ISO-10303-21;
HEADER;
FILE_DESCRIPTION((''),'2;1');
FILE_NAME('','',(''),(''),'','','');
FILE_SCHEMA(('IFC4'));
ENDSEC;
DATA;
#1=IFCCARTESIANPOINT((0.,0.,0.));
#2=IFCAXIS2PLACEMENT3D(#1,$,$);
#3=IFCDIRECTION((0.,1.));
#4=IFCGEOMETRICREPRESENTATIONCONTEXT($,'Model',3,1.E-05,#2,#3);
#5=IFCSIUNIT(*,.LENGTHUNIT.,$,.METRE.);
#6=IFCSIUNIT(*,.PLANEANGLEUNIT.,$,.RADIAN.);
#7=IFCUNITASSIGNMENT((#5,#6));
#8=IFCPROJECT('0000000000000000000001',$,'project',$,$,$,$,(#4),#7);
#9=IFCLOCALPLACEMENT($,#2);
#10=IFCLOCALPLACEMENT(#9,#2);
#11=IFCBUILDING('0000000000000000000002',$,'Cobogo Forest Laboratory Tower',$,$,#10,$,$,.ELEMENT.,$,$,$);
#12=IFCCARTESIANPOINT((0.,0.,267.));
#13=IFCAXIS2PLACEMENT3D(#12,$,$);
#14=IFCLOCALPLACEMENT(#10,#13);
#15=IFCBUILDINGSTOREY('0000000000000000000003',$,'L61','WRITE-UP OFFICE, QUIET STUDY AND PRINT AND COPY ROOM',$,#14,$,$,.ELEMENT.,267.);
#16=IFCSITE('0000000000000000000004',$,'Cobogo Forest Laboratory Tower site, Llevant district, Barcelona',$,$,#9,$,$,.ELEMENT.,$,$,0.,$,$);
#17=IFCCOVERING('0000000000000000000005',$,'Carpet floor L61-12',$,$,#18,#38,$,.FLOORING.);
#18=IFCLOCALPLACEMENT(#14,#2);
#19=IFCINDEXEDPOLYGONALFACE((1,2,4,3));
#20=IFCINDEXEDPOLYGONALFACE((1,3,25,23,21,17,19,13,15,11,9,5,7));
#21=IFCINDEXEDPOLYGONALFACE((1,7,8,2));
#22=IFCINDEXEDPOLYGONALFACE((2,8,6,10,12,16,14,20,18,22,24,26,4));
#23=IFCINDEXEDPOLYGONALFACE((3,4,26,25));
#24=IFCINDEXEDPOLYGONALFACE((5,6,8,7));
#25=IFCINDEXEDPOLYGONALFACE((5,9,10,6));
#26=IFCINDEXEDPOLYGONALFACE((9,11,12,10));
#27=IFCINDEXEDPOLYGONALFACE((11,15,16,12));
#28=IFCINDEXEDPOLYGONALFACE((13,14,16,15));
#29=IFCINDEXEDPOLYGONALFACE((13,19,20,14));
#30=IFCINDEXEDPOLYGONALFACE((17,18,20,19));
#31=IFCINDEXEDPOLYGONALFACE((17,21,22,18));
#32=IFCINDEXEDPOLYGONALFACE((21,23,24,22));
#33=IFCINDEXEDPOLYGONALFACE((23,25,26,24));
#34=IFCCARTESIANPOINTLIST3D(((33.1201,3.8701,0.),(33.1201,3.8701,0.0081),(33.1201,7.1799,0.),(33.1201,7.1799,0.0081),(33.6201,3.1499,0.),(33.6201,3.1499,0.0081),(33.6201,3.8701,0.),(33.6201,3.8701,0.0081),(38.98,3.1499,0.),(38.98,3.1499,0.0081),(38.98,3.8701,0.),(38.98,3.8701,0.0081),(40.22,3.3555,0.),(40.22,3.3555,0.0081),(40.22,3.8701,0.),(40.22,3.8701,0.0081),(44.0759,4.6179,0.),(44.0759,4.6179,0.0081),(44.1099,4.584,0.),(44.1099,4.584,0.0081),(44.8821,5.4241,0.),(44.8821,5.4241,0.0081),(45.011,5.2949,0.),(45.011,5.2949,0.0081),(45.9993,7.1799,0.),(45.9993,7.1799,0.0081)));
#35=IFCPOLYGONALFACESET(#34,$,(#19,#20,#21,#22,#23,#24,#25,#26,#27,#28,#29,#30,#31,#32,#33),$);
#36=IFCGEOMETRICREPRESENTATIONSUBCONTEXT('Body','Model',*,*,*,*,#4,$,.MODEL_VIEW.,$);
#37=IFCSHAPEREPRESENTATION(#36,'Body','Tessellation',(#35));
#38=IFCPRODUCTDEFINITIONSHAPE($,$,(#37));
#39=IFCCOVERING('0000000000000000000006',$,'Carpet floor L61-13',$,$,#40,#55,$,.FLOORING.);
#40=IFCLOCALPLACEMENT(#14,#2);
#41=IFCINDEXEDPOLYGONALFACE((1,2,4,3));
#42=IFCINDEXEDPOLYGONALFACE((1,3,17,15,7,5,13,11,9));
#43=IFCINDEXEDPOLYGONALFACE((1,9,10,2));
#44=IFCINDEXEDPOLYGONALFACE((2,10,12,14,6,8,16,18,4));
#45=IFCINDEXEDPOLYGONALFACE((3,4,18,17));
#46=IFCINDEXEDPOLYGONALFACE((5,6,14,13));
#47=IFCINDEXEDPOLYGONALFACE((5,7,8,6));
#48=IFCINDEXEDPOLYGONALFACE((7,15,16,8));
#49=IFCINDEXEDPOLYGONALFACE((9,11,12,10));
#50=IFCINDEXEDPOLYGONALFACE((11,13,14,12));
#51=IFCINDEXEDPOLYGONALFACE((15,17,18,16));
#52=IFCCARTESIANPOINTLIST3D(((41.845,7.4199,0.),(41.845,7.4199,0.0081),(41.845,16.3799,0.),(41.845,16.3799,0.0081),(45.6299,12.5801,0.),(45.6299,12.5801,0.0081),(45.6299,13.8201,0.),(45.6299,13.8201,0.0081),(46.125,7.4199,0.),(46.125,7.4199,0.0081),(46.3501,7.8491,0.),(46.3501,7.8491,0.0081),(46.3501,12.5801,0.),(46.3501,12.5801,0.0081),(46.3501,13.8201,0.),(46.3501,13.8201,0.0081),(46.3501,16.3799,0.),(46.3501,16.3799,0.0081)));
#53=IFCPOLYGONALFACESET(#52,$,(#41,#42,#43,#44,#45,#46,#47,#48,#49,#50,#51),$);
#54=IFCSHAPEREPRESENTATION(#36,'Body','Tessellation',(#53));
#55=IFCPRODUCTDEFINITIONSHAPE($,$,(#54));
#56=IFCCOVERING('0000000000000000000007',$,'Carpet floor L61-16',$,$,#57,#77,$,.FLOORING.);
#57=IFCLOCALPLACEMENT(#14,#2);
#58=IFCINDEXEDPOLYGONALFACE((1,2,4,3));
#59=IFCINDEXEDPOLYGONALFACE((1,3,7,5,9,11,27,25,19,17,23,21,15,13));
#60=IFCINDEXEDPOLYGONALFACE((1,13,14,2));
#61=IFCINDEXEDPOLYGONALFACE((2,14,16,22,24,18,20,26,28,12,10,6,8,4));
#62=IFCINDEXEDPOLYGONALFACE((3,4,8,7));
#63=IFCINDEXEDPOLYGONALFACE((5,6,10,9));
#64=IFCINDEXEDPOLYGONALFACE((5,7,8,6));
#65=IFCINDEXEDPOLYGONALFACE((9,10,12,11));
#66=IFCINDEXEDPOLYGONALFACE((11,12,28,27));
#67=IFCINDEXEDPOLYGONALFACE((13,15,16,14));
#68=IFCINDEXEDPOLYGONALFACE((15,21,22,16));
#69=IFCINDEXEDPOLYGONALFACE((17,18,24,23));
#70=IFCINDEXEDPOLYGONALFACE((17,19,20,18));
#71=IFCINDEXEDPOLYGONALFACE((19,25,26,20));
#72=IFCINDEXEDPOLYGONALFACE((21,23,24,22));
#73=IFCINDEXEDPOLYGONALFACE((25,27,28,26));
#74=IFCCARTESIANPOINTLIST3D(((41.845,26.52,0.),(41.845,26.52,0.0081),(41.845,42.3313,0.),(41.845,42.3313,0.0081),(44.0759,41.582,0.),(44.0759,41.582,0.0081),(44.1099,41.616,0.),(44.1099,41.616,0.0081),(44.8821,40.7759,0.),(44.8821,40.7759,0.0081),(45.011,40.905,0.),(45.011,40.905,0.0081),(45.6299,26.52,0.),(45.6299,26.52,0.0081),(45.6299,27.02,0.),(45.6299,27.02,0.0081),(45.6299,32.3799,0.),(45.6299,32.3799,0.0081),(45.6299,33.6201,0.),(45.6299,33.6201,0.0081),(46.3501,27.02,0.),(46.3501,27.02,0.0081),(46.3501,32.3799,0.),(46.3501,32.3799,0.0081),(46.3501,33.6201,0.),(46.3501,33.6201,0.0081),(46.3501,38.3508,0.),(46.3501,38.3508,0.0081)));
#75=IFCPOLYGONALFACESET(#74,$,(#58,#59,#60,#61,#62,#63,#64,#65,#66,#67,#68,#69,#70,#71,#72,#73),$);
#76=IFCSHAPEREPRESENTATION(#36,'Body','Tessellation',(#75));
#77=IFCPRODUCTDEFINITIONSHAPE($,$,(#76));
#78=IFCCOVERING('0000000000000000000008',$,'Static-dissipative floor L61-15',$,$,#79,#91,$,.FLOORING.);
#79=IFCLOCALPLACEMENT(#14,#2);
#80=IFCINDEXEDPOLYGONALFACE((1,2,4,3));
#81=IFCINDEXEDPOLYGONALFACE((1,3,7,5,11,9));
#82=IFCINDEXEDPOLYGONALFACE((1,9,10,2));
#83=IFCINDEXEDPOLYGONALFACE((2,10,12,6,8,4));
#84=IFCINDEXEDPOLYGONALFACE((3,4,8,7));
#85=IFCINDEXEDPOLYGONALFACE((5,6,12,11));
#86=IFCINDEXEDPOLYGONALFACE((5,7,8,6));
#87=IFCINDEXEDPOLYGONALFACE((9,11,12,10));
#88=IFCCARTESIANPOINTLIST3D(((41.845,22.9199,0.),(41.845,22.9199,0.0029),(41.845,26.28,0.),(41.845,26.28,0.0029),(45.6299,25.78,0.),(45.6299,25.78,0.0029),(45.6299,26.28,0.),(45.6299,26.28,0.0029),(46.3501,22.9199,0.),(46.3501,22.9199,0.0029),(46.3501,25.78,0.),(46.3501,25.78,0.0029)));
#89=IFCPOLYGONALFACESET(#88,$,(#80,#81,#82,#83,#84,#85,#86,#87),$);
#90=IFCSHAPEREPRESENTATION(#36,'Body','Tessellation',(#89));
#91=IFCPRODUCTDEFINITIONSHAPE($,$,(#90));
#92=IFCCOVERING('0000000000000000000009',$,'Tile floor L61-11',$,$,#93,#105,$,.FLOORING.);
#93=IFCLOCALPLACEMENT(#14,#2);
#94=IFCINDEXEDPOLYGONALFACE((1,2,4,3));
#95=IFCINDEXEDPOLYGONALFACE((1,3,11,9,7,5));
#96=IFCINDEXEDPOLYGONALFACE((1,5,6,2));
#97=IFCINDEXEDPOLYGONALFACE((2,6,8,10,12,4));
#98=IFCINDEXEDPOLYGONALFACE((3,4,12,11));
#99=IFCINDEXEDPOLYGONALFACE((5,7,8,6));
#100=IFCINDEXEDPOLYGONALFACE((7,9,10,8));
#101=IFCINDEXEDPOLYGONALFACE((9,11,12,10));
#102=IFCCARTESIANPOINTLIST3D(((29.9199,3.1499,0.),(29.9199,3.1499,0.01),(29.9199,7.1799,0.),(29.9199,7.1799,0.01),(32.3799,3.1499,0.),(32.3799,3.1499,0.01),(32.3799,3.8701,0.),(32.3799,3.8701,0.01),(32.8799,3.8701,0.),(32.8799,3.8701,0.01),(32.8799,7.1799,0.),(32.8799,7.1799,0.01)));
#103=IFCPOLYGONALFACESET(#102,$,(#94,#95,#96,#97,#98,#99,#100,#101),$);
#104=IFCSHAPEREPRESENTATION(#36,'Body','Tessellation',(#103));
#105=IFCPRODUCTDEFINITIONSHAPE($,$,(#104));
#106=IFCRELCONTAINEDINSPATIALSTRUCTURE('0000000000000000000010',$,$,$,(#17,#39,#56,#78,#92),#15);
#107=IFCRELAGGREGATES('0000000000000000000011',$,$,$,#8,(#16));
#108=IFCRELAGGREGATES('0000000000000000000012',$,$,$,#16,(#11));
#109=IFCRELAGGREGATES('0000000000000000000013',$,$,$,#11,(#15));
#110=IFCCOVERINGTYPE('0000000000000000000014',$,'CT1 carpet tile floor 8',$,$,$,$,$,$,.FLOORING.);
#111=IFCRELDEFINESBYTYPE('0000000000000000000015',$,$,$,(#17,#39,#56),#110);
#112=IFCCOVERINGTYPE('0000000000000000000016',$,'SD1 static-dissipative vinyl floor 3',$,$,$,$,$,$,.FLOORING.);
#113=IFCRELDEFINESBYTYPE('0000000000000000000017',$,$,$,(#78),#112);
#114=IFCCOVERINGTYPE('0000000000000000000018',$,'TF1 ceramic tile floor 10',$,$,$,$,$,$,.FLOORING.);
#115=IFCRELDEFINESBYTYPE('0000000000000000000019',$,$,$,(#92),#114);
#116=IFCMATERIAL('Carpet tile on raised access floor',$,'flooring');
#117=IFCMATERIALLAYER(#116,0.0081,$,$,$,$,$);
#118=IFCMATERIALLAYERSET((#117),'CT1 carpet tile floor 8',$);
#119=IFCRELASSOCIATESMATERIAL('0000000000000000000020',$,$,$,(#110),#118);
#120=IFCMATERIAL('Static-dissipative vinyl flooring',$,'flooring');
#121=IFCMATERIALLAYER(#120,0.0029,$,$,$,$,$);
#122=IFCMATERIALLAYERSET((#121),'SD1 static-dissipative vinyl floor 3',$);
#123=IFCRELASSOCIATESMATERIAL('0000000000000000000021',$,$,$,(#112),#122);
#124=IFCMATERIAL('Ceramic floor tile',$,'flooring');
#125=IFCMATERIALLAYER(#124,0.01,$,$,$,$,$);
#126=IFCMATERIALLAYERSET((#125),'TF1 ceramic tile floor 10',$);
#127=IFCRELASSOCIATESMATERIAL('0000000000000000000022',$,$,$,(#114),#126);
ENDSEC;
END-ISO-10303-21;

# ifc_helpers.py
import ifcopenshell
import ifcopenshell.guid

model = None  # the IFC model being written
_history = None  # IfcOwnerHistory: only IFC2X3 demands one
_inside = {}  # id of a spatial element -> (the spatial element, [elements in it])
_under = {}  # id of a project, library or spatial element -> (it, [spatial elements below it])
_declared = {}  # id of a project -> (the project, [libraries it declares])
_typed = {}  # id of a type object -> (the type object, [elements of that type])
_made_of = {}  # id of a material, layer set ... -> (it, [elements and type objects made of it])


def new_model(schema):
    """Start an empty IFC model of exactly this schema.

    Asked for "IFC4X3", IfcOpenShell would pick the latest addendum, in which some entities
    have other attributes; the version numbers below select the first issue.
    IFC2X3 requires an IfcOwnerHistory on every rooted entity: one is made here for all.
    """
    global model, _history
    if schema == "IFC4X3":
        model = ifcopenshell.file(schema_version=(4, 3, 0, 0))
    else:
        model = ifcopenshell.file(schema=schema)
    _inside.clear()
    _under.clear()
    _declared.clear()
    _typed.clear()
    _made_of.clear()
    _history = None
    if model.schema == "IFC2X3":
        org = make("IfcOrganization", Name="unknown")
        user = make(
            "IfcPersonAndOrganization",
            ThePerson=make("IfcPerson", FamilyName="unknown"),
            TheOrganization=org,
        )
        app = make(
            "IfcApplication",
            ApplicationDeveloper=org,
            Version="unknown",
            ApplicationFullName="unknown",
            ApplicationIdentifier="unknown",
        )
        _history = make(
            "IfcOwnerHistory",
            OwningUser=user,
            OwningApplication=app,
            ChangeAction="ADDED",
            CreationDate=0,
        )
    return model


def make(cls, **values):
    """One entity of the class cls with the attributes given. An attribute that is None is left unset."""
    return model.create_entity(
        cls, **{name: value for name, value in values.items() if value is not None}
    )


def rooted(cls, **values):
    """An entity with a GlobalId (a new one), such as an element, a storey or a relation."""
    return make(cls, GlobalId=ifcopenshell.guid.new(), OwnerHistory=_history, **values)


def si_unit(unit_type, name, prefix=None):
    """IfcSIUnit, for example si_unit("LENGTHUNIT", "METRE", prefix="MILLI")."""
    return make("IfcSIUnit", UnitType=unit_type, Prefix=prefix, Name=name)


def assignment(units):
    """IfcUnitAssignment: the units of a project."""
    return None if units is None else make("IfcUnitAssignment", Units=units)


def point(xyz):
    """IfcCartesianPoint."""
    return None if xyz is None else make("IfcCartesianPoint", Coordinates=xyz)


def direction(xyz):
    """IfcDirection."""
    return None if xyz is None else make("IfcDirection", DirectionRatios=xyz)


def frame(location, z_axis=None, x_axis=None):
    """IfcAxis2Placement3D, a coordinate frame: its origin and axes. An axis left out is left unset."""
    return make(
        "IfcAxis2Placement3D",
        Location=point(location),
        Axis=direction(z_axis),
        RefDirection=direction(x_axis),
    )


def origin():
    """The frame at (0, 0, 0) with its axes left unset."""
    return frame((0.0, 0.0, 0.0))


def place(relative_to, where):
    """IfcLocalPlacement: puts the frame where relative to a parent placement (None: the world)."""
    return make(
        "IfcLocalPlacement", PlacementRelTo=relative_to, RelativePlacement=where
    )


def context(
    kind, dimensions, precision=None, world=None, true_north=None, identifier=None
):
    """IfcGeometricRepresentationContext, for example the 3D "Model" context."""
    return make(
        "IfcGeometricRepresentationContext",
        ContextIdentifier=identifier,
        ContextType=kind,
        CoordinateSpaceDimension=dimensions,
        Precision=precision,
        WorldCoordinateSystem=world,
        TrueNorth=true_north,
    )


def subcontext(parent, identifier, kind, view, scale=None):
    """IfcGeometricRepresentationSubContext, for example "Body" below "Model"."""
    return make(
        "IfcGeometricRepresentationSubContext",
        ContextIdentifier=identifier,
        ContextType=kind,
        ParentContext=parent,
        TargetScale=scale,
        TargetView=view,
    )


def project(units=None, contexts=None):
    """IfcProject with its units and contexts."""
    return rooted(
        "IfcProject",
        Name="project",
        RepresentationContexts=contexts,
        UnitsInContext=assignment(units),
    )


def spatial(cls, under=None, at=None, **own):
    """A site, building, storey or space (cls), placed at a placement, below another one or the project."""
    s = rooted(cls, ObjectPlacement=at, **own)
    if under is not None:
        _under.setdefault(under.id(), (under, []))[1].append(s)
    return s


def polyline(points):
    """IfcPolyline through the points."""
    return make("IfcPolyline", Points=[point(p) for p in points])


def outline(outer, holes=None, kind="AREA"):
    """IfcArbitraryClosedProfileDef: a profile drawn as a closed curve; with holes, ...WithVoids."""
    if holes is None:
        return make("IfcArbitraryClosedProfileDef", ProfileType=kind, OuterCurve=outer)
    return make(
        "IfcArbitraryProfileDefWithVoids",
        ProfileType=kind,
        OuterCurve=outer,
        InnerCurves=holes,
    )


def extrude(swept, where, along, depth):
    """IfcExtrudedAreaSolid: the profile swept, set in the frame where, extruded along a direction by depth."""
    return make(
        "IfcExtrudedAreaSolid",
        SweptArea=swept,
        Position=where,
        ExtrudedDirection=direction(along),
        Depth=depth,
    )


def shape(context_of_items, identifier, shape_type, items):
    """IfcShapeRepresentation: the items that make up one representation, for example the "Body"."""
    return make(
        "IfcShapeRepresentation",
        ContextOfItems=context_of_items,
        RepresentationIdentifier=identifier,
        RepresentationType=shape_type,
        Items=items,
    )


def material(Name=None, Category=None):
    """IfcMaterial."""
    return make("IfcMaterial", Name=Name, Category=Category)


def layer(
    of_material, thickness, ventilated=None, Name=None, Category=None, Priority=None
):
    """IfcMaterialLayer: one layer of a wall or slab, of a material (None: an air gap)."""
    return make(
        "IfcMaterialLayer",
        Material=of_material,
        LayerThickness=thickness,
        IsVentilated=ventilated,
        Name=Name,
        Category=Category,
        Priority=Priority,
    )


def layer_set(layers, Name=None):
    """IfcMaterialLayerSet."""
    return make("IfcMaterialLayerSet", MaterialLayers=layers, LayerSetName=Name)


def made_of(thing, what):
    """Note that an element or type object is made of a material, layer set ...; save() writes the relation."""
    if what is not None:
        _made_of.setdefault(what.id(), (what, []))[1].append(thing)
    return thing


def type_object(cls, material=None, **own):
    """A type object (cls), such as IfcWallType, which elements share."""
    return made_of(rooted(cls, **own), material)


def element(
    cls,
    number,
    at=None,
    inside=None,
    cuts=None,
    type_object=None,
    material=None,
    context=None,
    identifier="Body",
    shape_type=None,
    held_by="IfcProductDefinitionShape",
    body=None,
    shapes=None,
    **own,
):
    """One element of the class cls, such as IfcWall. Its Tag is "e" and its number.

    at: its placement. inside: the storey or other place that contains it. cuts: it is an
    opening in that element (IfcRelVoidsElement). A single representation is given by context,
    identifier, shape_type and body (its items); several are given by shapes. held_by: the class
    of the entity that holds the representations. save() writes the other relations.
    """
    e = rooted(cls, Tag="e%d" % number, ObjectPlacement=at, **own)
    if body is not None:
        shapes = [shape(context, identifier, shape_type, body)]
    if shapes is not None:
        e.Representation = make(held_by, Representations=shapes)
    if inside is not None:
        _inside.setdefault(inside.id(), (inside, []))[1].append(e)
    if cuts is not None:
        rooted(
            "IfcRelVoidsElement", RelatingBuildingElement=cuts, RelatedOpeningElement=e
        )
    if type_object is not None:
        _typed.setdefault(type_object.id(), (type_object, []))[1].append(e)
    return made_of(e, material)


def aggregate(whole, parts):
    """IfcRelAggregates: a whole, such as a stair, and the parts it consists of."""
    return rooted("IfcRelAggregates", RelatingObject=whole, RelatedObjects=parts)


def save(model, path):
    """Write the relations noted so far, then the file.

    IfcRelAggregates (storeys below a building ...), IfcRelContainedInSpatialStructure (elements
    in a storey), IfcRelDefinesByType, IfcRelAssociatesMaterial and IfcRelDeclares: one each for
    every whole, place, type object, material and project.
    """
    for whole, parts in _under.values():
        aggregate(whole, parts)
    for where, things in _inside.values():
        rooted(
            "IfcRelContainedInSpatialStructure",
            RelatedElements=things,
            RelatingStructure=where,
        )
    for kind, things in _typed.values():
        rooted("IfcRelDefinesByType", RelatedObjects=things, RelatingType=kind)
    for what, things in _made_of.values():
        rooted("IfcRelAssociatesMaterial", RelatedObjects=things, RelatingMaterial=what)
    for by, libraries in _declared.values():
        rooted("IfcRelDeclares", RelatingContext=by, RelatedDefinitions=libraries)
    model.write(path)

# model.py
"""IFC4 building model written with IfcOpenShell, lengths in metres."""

from ifc_helpers import new_model, si_unit, direction, frame, origin, place, context, subcontext, project, spatial, polyline, outline, extrude, material, layer, layer_set, type_object, element, save


model = new_model("IFC4")

# Units and contexts
model_context = context("Model", 3, precision=1e-05, world=origin(), true_north=direction((0.0, 1.0)))
body_context = subcontext(model_context, "Body", "Model", "MODEL_VIEW")
ifc_project = project(units=[si_unit("LENGTHUNIT", "METRE"), si_unit("PLANEANGLEUNIT", "RADIAN")], contexts=[model_context])

# Site, building, storey
site_placement = place(None, origin())
site = spatial("IfcSite", under=ifc_project, at=site_placement, Name="Cobogo Forest Laboratory Tower site, Llevant district, Barcelona", CompositionType="ELEMENT", RefElevation=0.0)
building_placement = place(site_placement, origin())
building = spatial("IfcBuilding", under=site, at=building_placement, Name="Cobogo Forest Laboratory Tower", CompositionType="ELEMENT")
storey_placement = place(building_placement, frame((0.0, 0.0, 267.0)))
storey = spatial("IfcBuildingStorey", under=building, at=storey_placement, Name="L61", Description="WRITE-UP OFFICE, QUIET STUDY AND PRINT AND COPY ROOM", CompositionType="ELEMENT", Elevation=267.0)

# Coverings
ifc_material_1 = material(Name="Carpet tile on raised access floor", Category="flooring")
ifc_layer_1 = layer(ifc_material_1, 0.0081)
ifc_layer_set_1 = layer_set([ifc_layer_1], Name="CT1 carpet tile floor 8")
covering_type_1 = type_object("IfcCoveringType", Name="CT1 carpet tile floor 8", PredefinedType="FLOORING", material=ifc_layer_set_1)
covering_1_placement = place(storey_placement, origin())
element("IfcCovering", 1, at=covering_1_placement, inside=storey, type_object=covering_type_1, Name="Carpet floor L61-12", PredefinedType="FLOORING", context=body_context, shape_type="SweptSolid", body=[
    extrude(outline(polyline([(44.1099, 4.584), (40.22, 3.3555), (40.22, 3.8701), (38.98, 3.8701), (38.98, 3.1499), (33.6201, 3.1499), (33.6201, 3.8701), (33.1201, 3.8701), (33.1201, 7.1799), (45.9993, 7.1799), (45.011, 5.2949), (44.8821, 5.4241), (44.0759, 4.6179), (44.1099, 4.584)])), origin(), (0.0, 0.0, 1.0), 0.0081),
])
covering_2_placement = place(storey_placement, origin())
element("IfcCovering", 2, at=covering_2_placement, inside=storey, type_object=covering_type_1, Name="Carpet floor L61-13", PredefinedType="FLOORING", context=body_context, shape_type="SweptSolid", body=[
    extrude(outline(polyline([(41.845, 16.3799), (46.3501, 16.3799), (46.3501, 13.8201), (45.6299, 13.8201), (45.6299, 12.5801), (46.3501, 12.5801), (46.3501, 7.8491), (46.125, 7.4199), (41.845, 7.4199), (41.845, 16.3799)])), origin(), (0.0, 0.0, 1.0), 0.0081),
])
covering_3_placement = place(storey_placement, origin())
element("IfcCovering", 3, at=covering_3_placement, inside=storey, type_object=covering_type_1, Name="Carpet floor L61-16", PredefinedType="FLOORING", context=body_context, shape_type="SweptSolid", body=[
    extrude(outline(polyline([(41.845, 42.3313), (44.1099, 41.616), (44.0759, 41.582), (44.8821, 40.7759), (45.011, 40.905), (46.3501, 38.3508), (46.3501, 33.6201), (45.6299, 33.6201), (45.6299, 32.3799), (46.3501, 32.3799), (46.3501, 27.02), (45.6299, 27.02), (45.6299, 26.52), (41.845, 26.52), (41.845, 42.3313)])), origin(), (0.0, 0.0, 1.0), 0.0081),
])
ifc_material_2 = material(Name="Static-dissipative vinyl flooring", Category="flooring")
ifc_layer_2 = layer(ifc_material_2, 0.0029)
ifc_layer_set_2 = layer_set([ifc_layer_2], Name="SD1 static-dissipative vinyl floor 3")
covering_type_2 = type_object("IfcCoveringType", Name="SD1 static-dissipative vinyl floor 3", PredefinedType="FLOORING", material=ifc_layer_set_2)
covering_4_placement = place(storey_placement, origin())
element("IfcCovering", 4, at=covering_4_placement, inside=storey, type_object=covering_type_2, Name="Static-dissipative floor L61-15", PredefinedType="FLOORING", context=body_context, shape_type="SweptSolid", body=[
    extrude(outline(polyline([(41.845, 26.28), (45.6299, 26.28), (45.6299, 25.78), (46.3501, 25.78), (46.3501, 22.9199), (41.845, 22.9199), (41.845, 26.28)])), origin(), (0.0, 0.0, 1.0), 0.0029),
])
ifc_material_3 = material(Name="Ceramic floor tile", Category="flooring")
ifc_layer_3 = layer(ifc_material_3, 0.01)
ifc_layer_set_3 = layer_set([ifc_layer_3], Name="TF1 ceramic tile floor 10")
covering_type_3 = type_object("IfcCoveringType", Name="TF1 ceramic tile floor 10", PredefinedType="FLOORING", material=ifc_layer_set_3)
covering_5_placement = place(storey_placement, origin())
element("IfcCovering", 5, at=covering_5_placement, inside=storey, type_object=covering_type_3, Name="Tile floor L61-11", PredefinedType="FLOORING", context=body_context, shape_type="SweptSolid", body=[
    extrude(outline(polyline([(32.8799, 7.1799), (32.8799, 3.8701), (32.3799, 3.8701), (32.3799, 3.1499), (29.9199, 3.1499), (29.9199, 7.1799), (32.8799, 7.1799)])), origin(), (0.0, 0.0, 1.0), 0.01),
])

save(model, "model.ifc")
